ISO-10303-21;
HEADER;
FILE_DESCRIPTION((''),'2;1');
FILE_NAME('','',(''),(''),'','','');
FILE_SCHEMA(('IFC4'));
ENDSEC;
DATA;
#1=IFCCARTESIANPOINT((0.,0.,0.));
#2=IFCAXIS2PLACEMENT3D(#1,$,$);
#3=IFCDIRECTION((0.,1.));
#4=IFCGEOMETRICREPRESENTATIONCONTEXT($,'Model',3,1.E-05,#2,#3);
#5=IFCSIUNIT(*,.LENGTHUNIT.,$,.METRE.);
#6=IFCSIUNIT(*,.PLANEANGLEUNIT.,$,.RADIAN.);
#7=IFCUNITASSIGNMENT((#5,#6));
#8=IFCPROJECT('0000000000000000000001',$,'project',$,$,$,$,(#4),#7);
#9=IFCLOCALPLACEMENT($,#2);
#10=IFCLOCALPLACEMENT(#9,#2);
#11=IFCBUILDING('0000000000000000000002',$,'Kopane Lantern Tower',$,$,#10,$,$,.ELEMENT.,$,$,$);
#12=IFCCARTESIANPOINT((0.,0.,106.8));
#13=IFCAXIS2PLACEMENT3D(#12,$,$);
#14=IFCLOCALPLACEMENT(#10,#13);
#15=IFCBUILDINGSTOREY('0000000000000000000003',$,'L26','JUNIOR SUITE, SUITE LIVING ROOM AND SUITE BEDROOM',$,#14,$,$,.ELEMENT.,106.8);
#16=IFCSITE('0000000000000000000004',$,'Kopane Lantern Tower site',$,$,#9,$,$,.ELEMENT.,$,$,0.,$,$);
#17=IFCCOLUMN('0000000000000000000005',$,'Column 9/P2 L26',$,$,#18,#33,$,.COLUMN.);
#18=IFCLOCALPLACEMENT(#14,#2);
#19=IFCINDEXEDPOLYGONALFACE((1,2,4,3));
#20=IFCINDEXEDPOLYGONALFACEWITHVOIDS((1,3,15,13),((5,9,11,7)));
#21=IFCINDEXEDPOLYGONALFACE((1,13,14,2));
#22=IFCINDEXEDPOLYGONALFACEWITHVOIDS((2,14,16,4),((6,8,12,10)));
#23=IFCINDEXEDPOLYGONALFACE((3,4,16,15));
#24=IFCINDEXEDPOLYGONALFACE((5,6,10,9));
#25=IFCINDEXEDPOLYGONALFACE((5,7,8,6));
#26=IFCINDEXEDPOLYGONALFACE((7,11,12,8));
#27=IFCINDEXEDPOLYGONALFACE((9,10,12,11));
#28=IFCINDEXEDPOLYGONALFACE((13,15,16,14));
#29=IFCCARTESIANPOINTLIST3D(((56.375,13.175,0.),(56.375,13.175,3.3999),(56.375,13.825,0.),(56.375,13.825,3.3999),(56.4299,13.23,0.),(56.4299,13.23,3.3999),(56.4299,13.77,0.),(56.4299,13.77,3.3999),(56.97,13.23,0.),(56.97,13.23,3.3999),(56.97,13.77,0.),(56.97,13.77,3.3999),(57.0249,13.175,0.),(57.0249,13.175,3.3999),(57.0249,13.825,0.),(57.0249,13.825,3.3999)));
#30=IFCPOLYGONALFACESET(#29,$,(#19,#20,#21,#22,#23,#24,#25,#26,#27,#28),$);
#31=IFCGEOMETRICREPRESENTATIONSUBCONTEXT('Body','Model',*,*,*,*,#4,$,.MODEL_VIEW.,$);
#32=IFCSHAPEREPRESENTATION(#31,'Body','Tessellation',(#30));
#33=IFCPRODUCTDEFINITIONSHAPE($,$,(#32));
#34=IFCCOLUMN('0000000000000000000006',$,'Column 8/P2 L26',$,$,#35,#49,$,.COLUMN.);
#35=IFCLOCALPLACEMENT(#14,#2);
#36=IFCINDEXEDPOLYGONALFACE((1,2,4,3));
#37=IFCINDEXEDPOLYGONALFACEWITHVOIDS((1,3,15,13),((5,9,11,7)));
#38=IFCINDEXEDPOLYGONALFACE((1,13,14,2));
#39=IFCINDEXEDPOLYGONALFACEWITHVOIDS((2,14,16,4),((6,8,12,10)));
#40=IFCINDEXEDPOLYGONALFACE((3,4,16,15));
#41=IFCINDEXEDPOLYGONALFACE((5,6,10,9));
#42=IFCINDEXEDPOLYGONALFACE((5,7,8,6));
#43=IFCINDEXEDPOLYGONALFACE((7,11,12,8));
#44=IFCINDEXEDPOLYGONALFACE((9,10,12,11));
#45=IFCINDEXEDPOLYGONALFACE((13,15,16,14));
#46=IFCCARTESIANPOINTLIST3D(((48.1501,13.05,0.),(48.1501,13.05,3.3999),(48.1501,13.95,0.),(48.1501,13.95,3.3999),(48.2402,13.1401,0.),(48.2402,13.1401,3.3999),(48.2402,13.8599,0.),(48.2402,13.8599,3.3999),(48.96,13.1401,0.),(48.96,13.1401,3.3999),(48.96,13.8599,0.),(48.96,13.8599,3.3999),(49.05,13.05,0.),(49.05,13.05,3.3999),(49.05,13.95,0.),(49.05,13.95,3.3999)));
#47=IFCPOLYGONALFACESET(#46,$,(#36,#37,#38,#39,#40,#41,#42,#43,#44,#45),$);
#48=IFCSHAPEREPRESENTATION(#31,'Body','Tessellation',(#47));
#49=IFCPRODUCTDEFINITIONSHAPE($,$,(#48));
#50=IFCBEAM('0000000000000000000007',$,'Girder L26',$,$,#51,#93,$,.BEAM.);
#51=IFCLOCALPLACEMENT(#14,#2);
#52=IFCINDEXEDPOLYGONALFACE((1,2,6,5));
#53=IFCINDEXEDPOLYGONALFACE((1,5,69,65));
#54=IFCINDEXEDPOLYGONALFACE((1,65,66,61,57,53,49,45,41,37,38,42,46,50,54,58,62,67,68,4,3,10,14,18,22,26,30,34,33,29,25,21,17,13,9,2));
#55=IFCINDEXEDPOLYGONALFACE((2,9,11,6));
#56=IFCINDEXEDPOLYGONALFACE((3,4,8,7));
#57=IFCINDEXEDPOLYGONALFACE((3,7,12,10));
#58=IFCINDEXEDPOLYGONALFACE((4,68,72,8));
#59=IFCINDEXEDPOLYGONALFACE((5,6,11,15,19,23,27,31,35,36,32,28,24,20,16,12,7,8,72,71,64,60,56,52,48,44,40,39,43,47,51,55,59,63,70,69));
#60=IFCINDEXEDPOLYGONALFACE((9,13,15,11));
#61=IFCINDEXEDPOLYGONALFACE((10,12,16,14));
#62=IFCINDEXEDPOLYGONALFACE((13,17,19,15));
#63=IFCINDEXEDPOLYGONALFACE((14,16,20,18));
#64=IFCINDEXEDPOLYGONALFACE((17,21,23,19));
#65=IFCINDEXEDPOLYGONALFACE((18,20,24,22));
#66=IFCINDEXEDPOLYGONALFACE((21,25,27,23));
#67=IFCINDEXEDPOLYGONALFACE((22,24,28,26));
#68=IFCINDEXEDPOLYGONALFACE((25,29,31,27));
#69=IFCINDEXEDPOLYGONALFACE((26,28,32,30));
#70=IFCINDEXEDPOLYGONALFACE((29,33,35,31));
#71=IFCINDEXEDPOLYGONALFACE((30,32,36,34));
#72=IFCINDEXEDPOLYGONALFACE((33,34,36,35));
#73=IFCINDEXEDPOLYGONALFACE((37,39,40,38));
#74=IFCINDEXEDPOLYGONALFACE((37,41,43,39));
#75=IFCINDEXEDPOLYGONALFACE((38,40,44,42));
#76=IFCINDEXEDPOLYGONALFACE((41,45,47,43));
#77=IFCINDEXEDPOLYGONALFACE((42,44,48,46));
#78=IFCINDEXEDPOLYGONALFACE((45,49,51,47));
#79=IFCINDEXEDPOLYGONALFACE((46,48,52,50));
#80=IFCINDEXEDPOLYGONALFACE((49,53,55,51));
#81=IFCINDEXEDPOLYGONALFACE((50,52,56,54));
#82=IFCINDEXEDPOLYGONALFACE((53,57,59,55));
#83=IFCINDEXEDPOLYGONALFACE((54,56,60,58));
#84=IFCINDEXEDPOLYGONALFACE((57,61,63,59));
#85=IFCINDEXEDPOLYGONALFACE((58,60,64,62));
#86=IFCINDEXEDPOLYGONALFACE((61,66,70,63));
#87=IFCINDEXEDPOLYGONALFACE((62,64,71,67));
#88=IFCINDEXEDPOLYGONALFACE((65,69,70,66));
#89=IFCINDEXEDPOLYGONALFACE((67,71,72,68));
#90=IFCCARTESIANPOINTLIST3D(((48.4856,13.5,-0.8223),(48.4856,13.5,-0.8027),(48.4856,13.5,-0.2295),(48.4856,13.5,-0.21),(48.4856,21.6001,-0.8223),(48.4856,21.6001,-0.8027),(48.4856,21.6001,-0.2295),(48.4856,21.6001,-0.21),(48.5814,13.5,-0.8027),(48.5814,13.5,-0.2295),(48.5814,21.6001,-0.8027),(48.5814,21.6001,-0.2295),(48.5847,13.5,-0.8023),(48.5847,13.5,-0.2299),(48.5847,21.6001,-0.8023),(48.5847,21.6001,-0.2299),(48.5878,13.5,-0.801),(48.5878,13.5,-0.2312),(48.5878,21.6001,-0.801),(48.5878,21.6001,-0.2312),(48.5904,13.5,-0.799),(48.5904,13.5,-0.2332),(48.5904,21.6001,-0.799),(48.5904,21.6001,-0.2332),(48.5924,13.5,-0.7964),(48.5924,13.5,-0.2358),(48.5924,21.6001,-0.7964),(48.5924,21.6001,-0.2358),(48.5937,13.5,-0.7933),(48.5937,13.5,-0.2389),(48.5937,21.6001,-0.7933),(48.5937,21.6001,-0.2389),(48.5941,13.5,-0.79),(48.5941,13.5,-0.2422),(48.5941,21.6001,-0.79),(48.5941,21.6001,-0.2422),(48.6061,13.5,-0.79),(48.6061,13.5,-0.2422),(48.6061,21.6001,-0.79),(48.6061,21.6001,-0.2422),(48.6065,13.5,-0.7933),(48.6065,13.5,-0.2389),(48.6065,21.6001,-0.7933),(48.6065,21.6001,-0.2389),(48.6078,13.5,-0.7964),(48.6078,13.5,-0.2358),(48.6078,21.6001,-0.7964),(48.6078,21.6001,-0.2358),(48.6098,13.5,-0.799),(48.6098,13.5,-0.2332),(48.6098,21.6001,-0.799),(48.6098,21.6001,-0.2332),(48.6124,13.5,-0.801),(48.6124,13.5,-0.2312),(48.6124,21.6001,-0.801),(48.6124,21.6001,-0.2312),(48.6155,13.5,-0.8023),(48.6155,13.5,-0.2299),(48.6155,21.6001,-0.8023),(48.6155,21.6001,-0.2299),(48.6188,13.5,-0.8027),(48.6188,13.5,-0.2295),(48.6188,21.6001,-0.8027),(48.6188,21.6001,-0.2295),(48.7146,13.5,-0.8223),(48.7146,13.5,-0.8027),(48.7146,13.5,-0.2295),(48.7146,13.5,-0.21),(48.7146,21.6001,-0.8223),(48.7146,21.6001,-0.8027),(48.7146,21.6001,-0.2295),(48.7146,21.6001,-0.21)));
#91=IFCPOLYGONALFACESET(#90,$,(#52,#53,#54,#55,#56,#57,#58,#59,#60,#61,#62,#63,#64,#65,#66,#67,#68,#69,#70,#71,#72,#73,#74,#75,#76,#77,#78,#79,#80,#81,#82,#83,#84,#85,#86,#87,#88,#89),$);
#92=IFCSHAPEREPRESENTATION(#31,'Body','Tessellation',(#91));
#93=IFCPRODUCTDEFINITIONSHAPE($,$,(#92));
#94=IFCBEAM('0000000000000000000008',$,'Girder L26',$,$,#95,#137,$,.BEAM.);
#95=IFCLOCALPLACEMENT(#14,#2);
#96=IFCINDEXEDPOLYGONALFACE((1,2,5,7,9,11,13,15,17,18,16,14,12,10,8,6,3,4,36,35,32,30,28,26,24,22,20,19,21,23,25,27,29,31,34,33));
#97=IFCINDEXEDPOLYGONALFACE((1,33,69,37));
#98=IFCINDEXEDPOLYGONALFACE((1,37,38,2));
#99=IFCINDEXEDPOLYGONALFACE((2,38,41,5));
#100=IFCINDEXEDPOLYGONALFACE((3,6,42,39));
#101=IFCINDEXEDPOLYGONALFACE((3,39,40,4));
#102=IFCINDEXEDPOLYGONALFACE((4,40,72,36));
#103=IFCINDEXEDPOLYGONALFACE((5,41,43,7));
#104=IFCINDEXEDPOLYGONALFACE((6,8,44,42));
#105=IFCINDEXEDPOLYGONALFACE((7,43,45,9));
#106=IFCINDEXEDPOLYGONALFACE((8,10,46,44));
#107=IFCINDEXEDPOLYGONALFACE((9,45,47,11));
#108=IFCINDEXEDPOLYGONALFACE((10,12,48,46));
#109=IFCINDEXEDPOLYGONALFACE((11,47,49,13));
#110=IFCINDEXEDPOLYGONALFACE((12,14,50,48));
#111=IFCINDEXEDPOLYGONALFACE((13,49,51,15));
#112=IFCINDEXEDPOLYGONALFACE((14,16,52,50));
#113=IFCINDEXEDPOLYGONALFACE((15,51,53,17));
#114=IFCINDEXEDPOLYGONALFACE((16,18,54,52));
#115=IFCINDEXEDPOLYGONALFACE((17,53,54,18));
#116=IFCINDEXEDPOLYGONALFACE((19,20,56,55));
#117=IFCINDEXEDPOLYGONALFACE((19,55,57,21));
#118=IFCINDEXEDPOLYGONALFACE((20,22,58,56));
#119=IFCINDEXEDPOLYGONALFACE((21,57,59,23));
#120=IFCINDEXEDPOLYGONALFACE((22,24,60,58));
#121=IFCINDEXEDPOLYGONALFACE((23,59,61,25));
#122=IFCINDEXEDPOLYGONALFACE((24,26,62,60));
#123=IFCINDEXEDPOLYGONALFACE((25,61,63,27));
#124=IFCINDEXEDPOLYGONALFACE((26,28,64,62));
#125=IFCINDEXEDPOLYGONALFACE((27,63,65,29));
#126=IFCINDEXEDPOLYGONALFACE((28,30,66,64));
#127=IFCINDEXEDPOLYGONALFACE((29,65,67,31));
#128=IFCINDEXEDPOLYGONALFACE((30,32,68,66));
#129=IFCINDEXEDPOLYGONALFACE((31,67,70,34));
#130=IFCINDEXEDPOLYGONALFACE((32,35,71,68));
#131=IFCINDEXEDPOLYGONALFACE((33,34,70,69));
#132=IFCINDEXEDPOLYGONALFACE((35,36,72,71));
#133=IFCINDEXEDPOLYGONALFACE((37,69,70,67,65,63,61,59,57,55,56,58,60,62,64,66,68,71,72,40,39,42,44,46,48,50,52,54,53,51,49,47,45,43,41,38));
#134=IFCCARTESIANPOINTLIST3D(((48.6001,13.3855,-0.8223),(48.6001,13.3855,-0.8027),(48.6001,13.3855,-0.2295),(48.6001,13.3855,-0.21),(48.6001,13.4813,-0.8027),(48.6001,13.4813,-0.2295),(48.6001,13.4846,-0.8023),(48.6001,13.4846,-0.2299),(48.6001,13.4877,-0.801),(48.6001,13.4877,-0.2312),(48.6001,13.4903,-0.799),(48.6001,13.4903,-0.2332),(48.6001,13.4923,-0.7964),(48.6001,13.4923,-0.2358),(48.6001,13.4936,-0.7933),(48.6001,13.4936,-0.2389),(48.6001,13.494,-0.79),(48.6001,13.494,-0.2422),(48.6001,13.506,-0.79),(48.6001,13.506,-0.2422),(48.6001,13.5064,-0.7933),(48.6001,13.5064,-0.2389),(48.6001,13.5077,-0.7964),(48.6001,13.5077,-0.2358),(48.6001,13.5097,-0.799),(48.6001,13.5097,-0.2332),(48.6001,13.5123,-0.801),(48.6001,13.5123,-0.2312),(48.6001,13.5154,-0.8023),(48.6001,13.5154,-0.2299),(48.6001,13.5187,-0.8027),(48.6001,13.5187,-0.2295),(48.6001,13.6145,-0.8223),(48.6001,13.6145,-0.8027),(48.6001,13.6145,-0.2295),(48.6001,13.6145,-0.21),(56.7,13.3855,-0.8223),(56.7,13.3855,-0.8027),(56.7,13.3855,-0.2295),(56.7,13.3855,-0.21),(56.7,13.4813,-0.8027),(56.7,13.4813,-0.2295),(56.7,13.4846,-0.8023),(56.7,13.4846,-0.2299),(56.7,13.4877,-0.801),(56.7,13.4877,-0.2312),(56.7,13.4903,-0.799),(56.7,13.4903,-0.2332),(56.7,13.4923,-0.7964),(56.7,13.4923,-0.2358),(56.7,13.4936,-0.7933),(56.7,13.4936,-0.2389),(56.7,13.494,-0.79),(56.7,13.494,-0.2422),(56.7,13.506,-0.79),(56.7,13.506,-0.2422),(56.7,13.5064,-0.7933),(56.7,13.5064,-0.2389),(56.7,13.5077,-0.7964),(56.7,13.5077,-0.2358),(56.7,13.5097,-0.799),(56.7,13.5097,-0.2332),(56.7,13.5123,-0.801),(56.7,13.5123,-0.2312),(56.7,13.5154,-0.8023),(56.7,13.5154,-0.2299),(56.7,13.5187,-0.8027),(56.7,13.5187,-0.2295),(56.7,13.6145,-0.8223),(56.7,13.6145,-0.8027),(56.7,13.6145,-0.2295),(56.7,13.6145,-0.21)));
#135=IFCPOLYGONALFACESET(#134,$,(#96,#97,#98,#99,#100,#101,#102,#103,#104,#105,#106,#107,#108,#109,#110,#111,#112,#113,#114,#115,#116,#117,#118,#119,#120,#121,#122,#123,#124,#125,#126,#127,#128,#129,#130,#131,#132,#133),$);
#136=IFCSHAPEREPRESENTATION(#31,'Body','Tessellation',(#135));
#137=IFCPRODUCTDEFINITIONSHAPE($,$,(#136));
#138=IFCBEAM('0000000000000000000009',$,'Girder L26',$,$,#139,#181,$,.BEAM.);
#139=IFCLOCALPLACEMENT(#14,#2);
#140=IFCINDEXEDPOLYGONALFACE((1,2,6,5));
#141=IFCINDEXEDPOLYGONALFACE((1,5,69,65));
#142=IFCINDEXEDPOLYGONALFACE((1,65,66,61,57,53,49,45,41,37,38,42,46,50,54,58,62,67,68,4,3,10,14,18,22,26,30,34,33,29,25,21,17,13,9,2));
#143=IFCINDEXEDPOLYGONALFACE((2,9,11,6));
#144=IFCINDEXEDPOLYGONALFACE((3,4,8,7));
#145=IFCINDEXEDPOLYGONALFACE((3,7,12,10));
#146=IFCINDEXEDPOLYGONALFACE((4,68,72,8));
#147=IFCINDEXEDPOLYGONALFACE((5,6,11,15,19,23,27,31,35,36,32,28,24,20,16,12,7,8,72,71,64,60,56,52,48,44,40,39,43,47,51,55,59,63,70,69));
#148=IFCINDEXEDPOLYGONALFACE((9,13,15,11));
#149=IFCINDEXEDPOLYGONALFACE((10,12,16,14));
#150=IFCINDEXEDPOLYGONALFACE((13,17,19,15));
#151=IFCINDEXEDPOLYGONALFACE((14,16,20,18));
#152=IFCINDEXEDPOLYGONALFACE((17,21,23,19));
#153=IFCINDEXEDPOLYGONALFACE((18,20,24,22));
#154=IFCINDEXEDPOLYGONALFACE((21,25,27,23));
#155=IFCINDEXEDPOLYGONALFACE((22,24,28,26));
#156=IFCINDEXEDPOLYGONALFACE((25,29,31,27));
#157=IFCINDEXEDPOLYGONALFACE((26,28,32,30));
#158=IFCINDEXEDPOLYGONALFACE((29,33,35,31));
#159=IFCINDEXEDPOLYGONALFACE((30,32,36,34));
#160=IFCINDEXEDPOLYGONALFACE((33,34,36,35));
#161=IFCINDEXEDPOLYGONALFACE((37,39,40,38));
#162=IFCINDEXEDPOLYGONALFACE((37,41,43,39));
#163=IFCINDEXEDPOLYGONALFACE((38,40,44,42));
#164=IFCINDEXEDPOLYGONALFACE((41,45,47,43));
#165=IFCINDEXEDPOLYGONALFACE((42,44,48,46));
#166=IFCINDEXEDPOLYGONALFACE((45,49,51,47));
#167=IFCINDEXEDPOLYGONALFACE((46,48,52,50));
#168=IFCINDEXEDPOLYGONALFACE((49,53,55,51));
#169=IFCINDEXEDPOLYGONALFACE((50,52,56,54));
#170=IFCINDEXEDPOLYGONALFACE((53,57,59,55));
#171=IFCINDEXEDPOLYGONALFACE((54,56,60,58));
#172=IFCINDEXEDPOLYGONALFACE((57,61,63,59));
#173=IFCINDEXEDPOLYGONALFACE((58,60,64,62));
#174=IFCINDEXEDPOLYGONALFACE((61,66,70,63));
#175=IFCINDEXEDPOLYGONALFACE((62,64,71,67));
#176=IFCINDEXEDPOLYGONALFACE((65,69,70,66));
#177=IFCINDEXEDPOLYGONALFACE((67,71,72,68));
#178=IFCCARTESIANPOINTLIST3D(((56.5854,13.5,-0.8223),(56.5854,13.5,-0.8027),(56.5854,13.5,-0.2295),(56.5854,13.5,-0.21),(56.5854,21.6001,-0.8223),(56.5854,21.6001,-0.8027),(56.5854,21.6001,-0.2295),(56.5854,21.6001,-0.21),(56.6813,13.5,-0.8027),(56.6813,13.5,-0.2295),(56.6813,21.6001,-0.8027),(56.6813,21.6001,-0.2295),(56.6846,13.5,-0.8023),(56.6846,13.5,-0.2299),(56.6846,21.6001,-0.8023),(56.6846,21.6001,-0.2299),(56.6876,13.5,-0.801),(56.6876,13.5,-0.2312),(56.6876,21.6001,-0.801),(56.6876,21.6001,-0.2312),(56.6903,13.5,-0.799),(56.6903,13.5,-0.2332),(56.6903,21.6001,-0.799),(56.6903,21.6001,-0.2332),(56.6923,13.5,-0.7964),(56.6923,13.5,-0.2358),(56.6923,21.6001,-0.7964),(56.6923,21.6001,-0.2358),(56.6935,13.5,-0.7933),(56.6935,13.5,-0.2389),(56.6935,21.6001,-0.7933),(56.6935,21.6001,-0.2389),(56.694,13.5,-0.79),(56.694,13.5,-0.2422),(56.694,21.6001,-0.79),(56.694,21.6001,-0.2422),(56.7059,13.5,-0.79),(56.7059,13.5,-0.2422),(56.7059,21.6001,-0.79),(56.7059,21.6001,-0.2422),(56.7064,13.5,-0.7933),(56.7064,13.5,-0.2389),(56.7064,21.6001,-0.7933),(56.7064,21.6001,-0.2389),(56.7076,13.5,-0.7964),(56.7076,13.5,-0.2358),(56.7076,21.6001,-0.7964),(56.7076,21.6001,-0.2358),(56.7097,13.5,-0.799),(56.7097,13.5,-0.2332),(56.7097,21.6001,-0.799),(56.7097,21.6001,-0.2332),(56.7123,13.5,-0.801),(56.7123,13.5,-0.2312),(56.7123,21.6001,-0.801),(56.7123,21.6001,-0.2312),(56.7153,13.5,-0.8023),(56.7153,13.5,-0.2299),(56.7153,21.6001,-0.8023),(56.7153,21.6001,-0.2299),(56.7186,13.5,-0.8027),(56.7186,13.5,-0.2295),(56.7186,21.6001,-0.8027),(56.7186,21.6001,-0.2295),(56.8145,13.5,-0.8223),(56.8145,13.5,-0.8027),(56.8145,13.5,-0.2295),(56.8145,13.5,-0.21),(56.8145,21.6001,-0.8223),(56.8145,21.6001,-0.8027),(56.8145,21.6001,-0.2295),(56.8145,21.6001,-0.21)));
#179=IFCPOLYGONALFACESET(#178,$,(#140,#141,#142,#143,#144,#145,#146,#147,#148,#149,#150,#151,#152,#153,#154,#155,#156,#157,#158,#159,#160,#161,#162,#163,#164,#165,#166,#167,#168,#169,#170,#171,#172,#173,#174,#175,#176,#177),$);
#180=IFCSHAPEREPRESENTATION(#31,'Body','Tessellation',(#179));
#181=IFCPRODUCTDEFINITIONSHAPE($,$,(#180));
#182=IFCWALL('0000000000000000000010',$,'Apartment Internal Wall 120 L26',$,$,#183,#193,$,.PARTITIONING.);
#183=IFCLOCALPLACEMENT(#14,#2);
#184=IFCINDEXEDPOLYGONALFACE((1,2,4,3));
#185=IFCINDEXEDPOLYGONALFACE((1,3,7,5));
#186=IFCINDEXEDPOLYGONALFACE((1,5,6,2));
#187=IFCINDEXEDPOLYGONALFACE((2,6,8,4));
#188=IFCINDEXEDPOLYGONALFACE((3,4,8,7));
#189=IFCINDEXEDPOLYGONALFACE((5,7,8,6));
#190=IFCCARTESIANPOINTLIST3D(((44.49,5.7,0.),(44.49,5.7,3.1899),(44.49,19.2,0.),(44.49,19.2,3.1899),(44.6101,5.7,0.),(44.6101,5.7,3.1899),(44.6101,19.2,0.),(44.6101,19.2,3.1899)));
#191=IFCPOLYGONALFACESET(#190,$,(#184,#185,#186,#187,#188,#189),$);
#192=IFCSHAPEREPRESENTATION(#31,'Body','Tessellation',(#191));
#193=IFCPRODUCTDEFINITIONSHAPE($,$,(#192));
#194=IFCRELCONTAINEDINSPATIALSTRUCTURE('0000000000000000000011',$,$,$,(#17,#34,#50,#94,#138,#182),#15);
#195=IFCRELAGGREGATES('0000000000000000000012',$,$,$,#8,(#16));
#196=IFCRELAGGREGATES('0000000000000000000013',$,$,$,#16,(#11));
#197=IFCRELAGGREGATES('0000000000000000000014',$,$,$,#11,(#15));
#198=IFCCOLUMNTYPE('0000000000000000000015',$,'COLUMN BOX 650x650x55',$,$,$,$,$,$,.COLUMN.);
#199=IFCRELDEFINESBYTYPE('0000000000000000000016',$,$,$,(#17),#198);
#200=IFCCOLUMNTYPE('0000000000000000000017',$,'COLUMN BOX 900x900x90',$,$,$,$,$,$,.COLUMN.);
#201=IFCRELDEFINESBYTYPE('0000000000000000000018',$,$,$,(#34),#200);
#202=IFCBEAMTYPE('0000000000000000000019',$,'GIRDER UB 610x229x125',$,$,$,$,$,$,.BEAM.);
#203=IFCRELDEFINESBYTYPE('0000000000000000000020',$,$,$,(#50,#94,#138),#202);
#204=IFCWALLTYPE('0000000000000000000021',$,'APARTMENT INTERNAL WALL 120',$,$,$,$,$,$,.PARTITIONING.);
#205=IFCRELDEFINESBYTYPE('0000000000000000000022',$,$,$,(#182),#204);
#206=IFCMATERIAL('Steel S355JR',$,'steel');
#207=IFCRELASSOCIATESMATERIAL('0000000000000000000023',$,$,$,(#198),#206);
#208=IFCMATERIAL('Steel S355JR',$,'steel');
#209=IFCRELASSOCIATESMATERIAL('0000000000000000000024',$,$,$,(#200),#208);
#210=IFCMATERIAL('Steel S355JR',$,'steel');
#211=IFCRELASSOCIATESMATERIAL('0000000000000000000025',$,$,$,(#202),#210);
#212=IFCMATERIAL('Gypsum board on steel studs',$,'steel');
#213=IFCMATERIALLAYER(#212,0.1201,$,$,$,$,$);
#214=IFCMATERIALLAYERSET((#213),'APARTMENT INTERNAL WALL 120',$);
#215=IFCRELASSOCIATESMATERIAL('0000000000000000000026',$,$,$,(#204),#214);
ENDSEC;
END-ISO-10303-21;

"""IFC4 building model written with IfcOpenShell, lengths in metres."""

from ifc_helpers import new_model, si_unit, direction, frame, frame_2d, origin, origin_2d, place, context, subcontext, project, spatial, rectangle, hollow_rectangle, i_section, extrude, material, layer, layer_set, material_profile, profile_set, type_object, element, save


model = new_model("IFC4")

# Units and contexts
model_context = context("Model", 3, precision=1e-05, world=origin(), true_north=direction((0.0, 1.0)))
body_context = subcontext(model_context, "Body", "Model", "MODEL_VIEW")
ifc_project = project(units=[si_unit("LENGTHUNIT", "METRE"), si_unit("PLANEANGLEUNIT", "RADIAN")], contexts=[model_context])

# Site, building, storey
site_placement = place(None, origin())
site = spatial("IfcSite", under=ifc_project, at=site_placement, Name="Kopane Lantern Tower site", CompositionType="ELEMENT", RefElevation=0.0)
building_placement = place(site_placement, origin())
building = spatial("IfcBuilding", under=site, at=building_placement, Name="Kopane Lantern Tower", CompositionType="ELEMENT")
storey_placement = place(building_placement, frame((0.0, 0.0, 106.8)))
storey = spatial("IfcBuildingStorey", under=building, at=storey_placement, Name="L26", Description="JUNIOR SUITE, SUITE LIVING ROOM AND SUITE BEDROOM", CompositionType="ELEMENT", Elevation=106.8)

# Columns
ifc_material_1 = material(Name="Steel S355JR", Category="steel")
ifc_material_profile_1 = material_profile(ifc_material_1, hollow_rectangle(XDim=0.6499, YDim=0.6499, WallThickness=0.0549, at=origin_2d()), Name="BOX 650x650x55")
ifc_profile_set_1 = profile_set([ifc_material_profile_1], Name="Steel S355JR")
column_type_1 = type_object("IfcColumnType", Name="COLUMN BOX 650x650x55", PredefinedType="COLUMN", material=ifc_profile_set_1)
column_1_placement = place(storey_placement, frame((56.7, 13.5, 0.0), z_axis=(0.0, 0.0, 1.0), x_axis=(1.0, 0.0, 0.0)))
element("IfcColumn", 1, at=column_1_placement, inside=storey, type_object=column_type_1, Name="Column 9/P2 L26", PredefinedType="COLUMN", context=body_context, shape_type="SweptSolid", body=[
    extrude(hollow_rectangle(XDim=0.6499, YDim=0.6499, WallThickness=0.0549, at=origin_2d()), origin(), (0.0, 0.0, 1.0), 3.3999),
])
ifc_material_2 = material(Name="Steel S355JR", Category="steel")
ifc_material_profile_2 = material_profile(ifc_material_2, hollow_rectangle(XDim=0.8999, YDim=0.8999, WallThickness=0.0901, at=origin_2d()), Name="BOX 900x900x90")
ifc_profile_set_2 = profile_set([ifc_material_profile_2], Name="Steel S355JR")
column_type_2 = type_object("IfcColumnType", Name="COLUMN BOX 900x900x90", PredefinedType="COLUMN", material=ifc_profile_set_2)
column_2_placement = place(storey_placement, frame((48.6001, 13.5, 0.0), z_axis=(0.0, 0.0, 1.0), x_axis=(1.0, 0.0, 0.0)))
element("IfcColumn", 2, at=column_2_placement, inside=storey, type_object=column_type_2, Name="Column 8/P2 L26", PredefinedType="COLUMN", context=body_context, shape_type="SweptSolid", body=[
    extrude(hollow_rectangle(XDim=0.8999, YDim=0.8999, WallThickness=0.0901, at=origin_2d()), origin(), (0.0, 0.0, 1.0), 3.3999),
])

# Beams
ifc_material_3 = material(Name="Steel S355JR", Category="steel")
ifc_material_profile_3 = material_profile(ifc_material_3, i_section(OverallWidth=0.229, OverallDepth=0.6123, WebThickness=0.012, FlangeThickness=0.0195, FilletRadius=0.0127, at=origin_2d()), Name="UB 610x229x125")
ifc_profile_set_3 = profile_set([ifc_material_profile_3], Name="Steel S355JR")
beam_type = type_object("IfcBeamType", Name="GIRDER UB 610x229x125", PredefinedType="BEAM", material=ifc_profile_set_3)
beam_1_placement = place(storey_placement, frame((48.6001, 13.5, -0.5161), z_axis=(0.0, 1.0, 0.0), x_axis=(-1.0, 0.0, 0.0)))
element("IfcBeam", 3, at=beam_1_placement, inside=storey, type_object=beam_type, Name="Girder L26", PredefinedType="BEAM", context=body_context, shape_type="SweptSolid", body=[
    extrude(i_section(OverallWidth=0.229, OverallDepth=0.6123, WebThickness=0.012, FlangeThickness=0.0195, FilletRadius=0.0127, at=origin_2d()), origin(), (0.0, 0.0, 1.0), 8.1001),
])
beam_2_placement = place(storey_placement, frame((48.6001, 13.5, -0.5161), z_axis=(1.0, 0.0, 0.0), x_axis=(0.0, 1.0, 0.0)))
element("IfcBeam", 4, at=beam_2_placement, inside=storey, type_object=beam_type, Name="Girder L26", PredefinedType="BEAM", context=body_context, shape_type="SweptSolid", body=[
    extrude(i_section(OverallWidth=0.229, OverallDepth=0.6123, WebThickness=0.012, FlangeThickness=0.0195, FilletRadius=0.0127, at=origin_2d()), origin(), (0.0, 0.0, 1.0), 8.0999),
])
beam_3_placement = place(storey_placement, frame((56.7, 13.5, -0.5161), z_axis=(0.0, 1.0, 0.0), x_axis=(-1.0, 0.0, 0.0)))
element("IfcBeam", 5, at=beam_3_placement, inside=storey, type_object=beam_type, Name="Girder L26", PredefinedType="BEAM", context=body_context, shape_type="SweptSolid", body=[
    extrude(i_section(OverallWidth=0.229, OverallDepth=0.6123, WebThickness=0.012, FlangeThickness=0.0195, FilletRadius=0.0127, at=origin_2d()), origin(), (0.0, 0.0, 1.0), 8.1001),
])

# Wall
ifc_material_4 = material(Name="Gypsum board on steel studs", Category="steel")
ifc_layer_1 = layer(ifc_material_4, 0.1201)
ifc_layer_set_1 = layer_set([ifc_layer_1], Name="APARTMENT INTERNAL WALL 120")
wall_type_1 = type_object("IfcWallType", Name="APARTMENT INTERNAL WALL 120", PredefinedType="PARTITIONING", material=ifc_layer_set_1)
wall_1_placement = place(storey_placement, frame((44.55, 19.2, 0.0), z_axis=(0.0, 0.0, 1.0), x_axis=(0.0, -1.0, 0.0)))
element("IfcWall", 6, at=wall_1_placement, inside=storey, type_object=wall_type_1, Name="Apartment Internal Wall 120 L26", PredefinedType="PARTITIONING", context=body_context, shape_type="SweptSolid", body=[
    extrude(rectangle(XDim=13.5, YDim=0.1201, at=frame_2d((6.75, 0.0))), origin(), (0.0, 0.0, 1.0), 3.1899),
])

save(model, "model.ifc")
